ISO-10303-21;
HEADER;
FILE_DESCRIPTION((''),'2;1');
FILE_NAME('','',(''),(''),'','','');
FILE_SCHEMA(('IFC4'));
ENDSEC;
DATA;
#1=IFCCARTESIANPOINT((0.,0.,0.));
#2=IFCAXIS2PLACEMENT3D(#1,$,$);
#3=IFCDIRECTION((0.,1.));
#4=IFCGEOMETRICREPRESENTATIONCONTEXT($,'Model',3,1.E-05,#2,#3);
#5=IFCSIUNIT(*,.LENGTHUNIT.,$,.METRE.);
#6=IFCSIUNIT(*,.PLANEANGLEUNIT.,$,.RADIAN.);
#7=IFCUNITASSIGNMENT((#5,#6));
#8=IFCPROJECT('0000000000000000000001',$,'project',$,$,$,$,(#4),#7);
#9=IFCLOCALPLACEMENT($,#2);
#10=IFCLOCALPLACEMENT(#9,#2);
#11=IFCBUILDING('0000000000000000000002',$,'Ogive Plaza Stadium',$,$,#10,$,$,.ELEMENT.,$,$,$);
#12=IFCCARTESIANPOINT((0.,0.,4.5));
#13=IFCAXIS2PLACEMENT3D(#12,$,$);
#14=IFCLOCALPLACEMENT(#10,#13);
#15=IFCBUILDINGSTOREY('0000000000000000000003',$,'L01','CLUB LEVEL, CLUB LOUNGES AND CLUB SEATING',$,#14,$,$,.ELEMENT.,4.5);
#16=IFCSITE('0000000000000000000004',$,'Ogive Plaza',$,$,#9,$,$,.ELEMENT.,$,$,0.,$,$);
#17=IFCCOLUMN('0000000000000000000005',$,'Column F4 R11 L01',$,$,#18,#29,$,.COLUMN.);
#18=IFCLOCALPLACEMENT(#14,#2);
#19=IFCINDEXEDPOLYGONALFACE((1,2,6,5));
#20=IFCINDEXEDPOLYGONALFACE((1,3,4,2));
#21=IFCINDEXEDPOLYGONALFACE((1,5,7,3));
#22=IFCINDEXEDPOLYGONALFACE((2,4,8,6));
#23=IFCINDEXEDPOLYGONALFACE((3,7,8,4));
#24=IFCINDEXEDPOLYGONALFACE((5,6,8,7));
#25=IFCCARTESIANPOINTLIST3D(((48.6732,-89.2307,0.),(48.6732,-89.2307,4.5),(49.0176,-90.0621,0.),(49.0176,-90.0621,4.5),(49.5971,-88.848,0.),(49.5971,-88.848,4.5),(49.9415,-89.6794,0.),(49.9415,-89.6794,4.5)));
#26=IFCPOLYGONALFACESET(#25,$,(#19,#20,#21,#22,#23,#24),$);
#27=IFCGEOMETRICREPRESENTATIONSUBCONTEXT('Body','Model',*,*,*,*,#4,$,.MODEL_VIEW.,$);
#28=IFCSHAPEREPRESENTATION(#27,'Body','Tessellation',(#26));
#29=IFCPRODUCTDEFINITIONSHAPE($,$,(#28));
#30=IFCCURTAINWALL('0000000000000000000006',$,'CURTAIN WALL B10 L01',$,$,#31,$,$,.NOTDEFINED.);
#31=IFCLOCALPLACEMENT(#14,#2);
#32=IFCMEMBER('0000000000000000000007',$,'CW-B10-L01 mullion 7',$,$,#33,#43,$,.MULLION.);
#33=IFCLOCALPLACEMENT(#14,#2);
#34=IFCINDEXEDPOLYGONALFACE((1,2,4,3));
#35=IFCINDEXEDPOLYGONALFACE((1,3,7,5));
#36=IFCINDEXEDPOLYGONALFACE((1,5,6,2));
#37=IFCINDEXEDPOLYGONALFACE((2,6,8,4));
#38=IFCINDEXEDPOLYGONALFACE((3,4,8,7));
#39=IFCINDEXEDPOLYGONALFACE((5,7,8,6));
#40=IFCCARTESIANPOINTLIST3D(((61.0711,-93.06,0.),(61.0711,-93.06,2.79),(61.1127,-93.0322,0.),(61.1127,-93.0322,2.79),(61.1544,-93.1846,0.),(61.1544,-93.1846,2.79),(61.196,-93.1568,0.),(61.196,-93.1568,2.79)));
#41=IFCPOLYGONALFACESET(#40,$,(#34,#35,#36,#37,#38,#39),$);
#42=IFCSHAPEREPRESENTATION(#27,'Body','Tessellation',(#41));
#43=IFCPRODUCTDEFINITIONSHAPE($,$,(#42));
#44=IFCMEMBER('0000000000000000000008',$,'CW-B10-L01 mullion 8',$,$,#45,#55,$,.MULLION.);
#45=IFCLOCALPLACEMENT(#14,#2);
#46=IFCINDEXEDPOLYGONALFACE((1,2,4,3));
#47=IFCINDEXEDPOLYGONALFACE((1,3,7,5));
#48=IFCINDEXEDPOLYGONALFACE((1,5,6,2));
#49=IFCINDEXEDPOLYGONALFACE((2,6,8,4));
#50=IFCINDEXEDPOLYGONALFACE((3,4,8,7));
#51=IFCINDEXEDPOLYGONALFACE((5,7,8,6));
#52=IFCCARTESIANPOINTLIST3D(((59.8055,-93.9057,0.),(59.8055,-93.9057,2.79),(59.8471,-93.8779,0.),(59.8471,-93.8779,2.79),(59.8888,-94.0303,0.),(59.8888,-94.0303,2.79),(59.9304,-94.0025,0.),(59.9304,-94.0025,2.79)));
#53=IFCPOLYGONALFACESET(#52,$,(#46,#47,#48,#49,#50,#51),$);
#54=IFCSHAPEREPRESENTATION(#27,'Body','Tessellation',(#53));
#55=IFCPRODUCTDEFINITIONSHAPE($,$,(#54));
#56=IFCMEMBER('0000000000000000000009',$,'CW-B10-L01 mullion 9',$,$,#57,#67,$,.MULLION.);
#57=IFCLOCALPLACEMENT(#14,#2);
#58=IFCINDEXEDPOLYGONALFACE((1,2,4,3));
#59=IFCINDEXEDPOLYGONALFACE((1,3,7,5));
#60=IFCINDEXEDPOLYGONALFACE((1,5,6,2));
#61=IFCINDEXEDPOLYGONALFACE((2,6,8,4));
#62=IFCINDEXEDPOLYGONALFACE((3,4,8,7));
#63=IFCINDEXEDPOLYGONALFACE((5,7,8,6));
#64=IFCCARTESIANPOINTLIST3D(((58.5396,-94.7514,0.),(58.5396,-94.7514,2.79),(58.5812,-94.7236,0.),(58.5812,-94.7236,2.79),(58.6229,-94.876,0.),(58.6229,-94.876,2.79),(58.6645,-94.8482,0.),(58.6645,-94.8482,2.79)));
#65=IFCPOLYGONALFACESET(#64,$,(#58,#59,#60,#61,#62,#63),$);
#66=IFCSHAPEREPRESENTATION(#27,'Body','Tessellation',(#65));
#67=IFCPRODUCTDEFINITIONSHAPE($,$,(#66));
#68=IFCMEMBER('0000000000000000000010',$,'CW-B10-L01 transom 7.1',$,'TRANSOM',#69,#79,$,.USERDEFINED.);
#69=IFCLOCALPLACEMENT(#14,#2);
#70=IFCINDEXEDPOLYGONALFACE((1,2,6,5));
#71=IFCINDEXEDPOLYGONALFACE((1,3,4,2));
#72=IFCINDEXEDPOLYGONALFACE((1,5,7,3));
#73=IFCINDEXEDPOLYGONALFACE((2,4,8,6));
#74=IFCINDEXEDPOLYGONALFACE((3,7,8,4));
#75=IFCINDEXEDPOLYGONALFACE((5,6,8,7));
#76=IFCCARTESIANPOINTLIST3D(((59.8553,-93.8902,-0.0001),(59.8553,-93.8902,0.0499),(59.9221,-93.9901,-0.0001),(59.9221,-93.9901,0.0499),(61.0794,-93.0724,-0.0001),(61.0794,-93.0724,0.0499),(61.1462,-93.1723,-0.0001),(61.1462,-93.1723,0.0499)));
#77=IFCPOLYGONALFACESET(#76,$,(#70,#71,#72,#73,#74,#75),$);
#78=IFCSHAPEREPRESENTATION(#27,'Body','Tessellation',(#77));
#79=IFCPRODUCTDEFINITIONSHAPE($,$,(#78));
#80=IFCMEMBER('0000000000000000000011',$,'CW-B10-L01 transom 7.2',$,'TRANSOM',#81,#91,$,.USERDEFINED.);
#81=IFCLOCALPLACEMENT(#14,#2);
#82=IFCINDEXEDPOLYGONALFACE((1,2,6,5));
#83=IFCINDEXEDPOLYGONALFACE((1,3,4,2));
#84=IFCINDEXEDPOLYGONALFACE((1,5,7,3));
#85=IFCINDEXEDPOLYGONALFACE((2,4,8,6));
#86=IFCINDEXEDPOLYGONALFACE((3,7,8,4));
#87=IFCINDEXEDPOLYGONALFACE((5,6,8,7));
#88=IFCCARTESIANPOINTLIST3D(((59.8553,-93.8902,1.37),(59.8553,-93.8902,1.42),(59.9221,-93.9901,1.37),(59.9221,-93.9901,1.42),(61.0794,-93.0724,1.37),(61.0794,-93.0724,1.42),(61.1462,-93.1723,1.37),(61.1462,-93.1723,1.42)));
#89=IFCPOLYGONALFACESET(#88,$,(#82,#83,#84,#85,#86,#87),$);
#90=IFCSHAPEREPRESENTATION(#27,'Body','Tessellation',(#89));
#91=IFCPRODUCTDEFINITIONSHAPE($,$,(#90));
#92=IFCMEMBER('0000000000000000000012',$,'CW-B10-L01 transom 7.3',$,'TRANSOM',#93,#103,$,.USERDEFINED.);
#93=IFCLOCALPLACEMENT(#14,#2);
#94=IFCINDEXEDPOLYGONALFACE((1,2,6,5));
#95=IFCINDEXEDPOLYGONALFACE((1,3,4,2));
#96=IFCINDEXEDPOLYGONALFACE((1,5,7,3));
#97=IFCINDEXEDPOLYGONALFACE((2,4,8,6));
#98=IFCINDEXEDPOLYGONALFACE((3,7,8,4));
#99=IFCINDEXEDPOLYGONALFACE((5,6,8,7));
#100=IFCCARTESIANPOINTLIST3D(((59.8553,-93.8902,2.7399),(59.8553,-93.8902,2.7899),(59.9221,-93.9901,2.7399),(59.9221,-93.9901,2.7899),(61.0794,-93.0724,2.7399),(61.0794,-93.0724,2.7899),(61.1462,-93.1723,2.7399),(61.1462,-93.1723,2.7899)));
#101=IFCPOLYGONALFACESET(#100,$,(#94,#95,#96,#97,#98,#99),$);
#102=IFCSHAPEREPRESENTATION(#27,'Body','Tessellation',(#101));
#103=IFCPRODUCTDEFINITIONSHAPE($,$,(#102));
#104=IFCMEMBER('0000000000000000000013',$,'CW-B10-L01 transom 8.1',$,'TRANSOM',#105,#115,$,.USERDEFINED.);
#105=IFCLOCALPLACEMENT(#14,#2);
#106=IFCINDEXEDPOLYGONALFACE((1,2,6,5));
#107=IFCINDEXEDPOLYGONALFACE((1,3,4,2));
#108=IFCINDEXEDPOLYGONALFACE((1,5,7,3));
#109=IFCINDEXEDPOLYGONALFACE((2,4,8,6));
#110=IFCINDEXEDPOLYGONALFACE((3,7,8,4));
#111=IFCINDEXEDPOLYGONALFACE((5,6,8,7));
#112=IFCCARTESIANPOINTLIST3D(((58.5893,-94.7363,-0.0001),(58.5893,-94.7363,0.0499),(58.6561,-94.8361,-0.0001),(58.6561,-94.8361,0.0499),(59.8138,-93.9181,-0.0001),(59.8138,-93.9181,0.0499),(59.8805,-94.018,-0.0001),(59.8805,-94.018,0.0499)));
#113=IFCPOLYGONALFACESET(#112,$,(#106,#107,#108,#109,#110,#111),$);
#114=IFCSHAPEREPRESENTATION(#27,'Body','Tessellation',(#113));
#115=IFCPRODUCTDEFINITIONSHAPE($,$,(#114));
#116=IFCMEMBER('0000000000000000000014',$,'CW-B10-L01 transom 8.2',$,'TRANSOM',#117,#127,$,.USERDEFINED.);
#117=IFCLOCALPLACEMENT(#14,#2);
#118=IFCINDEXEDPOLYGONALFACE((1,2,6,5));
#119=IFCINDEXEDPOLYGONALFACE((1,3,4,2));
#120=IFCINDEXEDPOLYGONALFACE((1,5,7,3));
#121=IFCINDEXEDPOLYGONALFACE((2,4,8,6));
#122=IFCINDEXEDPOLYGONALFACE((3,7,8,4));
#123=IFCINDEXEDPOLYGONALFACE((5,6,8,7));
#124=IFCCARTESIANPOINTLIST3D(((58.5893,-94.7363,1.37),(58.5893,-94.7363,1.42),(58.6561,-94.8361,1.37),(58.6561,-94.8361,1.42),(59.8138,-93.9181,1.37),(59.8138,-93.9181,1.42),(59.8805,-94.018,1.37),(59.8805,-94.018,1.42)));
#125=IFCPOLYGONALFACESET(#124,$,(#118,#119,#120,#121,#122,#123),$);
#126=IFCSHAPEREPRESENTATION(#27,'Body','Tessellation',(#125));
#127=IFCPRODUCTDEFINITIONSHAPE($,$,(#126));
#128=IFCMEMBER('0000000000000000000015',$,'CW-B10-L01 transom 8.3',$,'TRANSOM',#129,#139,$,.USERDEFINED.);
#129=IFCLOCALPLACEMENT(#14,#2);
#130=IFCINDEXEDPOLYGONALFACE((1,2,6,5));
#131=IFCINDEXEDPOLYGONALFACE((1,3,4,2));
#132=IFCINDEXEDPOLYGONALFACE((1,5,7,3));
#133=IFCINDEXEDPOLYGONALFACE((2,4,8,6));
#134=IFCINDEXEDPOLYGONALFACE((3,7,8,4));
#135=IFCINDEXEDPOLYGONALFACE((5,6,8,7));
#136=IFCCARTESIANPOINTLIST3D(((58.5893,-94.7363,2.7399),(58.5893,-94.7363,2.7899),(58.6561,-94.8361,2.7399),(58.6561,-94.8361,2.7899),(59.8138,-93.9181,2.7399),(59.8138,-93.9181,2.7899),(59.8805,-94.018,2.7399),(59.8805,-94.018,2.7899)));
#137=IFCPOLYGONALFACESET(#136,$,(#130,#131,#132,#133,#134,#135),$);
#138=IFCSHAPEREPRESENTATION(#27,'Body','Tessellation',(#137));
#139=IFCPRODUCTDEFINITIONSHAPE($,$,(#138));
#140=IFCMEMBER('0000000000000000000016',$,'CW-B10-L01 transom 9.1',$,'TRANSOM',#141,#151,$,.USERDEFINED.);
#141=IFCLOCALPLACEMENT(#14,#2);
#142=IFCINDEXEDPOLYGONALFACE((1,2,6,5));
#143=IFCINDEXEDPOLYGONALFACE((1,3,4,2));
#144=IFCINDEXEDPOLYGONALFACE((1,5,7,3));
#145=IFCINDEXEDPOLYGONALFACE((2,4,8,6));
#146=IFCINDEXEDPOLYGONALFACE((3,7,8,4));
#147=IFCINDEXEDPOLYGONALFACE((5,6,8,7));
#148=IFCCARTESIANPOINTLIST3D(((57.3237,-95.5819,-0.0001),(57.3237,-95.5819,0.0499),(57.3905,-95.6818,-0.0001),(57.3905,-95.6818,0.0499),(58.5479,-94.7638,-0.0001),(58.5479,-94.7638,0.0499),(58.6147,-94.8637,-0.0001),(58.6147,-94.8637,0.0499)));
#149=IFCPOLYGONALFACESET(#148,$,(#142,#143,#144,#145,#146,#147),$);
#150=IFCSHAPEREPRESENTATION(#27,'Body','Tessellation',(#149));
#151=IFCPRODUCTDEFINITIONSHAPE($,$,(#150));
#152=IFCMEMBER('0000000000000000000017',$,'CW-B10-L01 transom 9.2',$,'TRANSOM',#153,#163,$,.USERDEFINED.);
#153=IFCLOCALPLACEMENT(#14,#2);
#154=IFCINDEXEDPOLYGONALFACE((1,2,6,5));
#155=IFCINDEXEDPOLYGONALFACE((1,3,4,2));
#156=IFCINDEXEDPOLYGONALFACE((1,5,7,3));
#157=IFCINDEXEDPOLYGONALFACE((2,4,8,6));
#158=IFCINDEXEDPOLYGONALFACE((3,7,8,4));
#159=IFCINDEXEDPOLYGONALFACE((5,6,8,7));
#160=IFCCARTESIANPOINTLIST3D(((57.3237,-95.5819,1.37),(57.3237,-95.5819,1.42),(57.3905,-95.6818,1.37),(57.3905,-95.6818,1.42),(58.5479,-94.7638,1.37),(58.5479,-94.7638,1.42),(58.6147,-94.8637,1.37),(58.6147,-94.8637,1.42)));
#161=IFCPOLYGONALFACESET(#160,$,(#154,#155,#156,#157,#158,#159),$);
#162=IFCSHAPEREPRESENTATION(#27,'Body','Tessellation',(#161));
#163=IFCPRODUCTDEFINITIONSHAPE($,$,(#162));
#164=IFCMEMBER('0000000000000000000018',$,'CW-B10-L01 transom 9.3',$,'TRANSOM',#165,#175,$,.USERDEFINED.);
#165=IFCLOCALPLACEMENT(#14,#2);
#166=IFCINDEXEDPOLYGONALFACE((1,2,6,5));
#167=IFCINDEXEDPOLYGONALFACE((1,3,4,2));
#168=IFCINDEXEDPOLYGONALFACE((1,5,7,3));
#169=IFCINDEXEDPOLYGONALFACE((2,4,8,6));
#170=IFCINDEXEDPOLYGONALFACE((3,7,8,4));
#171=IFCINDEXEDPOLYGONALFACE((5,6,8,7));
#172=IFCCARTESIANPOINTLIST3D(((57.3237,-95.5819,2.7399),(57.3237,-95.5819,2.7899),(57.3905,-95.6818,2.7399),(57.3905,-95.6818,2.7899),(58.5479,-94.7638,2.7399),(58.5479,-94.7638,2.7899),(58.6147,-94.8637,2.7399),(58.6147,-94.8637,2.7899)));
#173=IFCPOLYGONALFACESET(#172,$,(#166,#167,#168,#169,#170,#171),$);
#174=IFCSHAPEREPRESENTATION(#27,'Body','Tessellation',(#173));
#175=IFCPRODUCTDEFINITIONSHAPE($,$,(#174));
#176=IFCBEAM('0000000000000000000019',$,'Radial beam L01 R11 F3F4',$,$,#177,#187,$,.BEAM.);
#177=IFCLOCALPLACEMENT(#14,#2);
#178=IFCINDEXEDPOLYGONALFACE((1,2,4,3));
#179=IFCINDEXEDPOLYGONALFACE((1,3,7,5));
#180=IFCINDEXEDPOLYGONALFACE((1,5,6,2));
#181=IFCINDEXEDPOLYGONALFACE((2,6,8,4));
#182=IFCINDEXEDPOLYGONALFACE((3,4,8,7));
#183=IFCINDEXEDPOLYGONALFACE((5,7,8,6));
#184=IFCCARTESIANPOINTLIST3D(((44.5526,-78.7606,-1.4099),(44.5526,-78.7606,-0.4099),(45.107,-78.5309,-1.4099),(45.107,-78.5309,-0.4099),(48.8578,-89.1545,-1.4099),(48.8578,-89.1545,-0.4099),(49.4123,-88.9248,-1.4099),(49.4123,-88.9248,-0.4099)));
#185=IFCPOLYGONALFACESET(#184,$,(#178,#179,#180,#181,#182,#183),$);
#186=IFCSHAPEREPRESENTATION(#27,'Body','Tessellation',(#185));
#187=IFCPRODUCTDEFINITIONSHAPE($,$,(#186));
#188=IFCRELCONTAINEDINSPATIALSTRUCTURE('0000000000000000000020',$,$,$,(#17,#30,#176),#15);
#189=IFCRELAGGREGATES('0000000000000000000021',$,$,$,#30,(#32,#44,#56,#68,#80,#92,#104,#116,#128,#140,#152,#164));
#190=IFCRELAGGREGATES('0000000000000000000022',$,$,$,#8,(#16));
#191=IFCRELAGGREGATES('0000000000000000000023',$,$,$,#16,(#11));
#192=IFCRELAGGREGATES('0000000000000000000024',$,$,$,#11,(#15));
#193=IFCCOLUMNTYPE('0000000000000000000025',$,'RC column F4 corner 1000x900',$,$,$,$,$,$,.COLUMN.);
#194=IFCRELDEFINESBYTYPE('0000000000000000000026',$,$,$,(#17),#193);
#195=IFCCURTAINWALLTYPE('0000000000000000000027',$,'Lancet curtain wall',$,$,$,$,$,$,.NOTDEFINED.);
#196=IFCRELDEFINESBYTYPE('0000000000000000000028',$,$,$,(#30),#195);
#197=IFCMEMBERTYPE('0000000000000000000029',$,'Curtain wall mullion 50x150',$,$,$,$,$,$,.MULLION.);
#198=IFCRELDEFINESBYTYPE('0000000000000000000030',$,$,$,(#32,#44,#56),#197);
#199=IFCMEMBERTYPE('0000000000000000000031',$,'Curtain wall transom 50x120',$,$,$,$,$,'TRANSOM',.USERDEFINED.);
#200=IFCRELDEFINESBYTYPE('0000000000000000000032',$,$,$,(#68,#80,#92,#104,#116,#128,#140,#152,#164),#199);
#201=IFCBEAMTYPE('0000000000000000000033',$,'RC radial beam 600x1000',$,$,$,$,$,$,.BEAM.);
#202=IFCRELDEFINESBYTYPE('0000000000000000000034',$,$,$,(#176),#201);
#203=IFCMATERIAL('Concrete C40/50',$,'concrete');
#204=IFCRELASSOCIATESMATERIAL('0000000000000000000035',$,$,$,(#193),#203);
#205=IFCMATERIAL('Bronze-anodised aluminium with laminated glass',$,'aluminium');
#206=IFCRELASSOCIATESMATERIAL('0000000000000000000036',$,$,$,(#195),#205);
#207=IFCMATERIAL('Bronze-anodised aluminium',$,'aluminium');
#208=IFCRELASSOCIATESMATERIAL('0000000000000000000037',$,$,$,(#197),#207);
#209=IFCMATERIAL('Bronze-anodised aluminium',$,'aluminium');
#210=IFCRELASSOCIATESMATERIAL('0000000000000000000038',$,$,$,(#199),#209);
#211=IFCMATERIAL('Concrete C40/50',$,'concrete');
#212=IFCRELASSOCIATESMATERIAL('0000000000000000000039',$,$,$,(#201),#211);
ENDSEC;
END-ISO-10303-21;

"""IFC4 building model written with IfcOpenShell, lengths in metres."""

from ifc_helpers import new_model, si_unit, direction, frame, origin, origin_2d, place, context, subcontext, project, spatial, rectangle, extrude, material, material_profile, profile_set, type_object, element, aggregate, save


model = new_model("IFC4")

# Units and contexts
model_context = context("Model", 3, precision=1e-05, world=origin(), true_north=direction((0.0, 1.0)))
body_context = subcontext(model_context, "Body", "Model", "MODEL_VIEW")
ifc_project = project(units=[si_unit("LENGTHUNIT", "METRE"), si_unit("PLANEANGLEUNIT", "RADIAN")], contexts=[model_context])

# Site, building, storey
site_placement = place(None, origin())
site = spatial("IfcSite", under=ifc_project, at=site_placement, Name="Ogive Plaza", CompositionType="ELEMENT", RefElevation=0.0)
building_placement = place(site_placement, origin())
building = spatial("IfcBuilding", under=site, at=building_placement, Name="Ogive Plaza Stadium", CompositionType="ELEMENT")
storey_placement = place(building_placement, frame((0.0, 0.0, 4.5)))
storey = spatial("IfcBuildingStorey", under=building, at=storey_placement, Name="L01", Description="CLUB LEVEL, CLUB LOUNGES AND CLUB SEATING", CompositionType="ELEMENT", Elevation=4.5)

# Column
ifc_material_1 = material(Name="Concrete C40/50", Category="concrete")
ifc_material_profile_1 = material_profile(ifc_material_1, rectangle(XDim=1.0, YDim=0.8999, at=origin_2d()), Name="RC 1000x900")
ifc_profile_set_1 = profile_set([ifc_material_profile_1], Name="Concrete C40/50")
column_type = type_object("IfcColumnType", Name="RC column F4 corner 1000x900", PredefinedType="COLUMN", material=ifc_profile_set_1)
column_placement = place(storey_placement, frame((49.3074, -89.4551, 0.0), z_axis=(0.0, 0.0, 1.0), x_axis=(0.92388, 0.382683, 0.0)))
element("IfcColumn", 1, at=column_placement, inside=storey, type_object=column_type, Name="Column F4 R11 L01", PredefinedType="COLUMN", context=body_context, shape_type="SweptSolid", body=[
    extrude(rectangle(XDim=1.0, YDim=0.8999, at=origin_2d()), origin(), (0.0, 0.0, 1.0), 4.5),
])

# Curtain wall, members
ifc_material_2 = material(Name="Bronze-anodised aluminium with laminated glass", Category="aluminium")
curtain_wall_type = type_object("IfcCurtainWallType", Name="Lancet curtain wall", PredefinedType="NOTDEFINED", material=ifc_material_2)
curtain_wall_placement = place(storey_placement, origin())
curtain_wall = element("IfcCurtainWall", 2, at=curtain_wall_placement, inside=storey, type_object=curtain_wall_type, Name="CURTAIN WALL B10 L01", PredefinedType="NOTDEFINED")
ifc_material_3 = material(Name="Bronze-anodised aluminium", Category="aluminium")
ifc_material_profile_2 = material_profile(ifc_material_3, rectangle(XDim=0.1499, YDim=0.05, at=origin_2d()), Name="AL 150x50")
ifc_profile_set_2 = profile_set([ifc_material_profile_2], Name="Bronze-anodised aluminium")
member_type_1 = type_object("IfcMemberType", Name="Curtain wall mullion 50x150", PredefinedType="MULLION", material=ifc_profile_set_2)
member_1_placement = place(storey_placement, frame((61.1335, -93.1084, 0.0), z_axis=(0.0, 0.0, 1.0), x_axis=(0.55557, -0.83147, 0.0)))
member_1 = element("IfcMember", 3, at=member_1_placement, type_object=member_type_1, Name="CW-B10-L01 mullion 7", PredefinedType="MULLION", context=body_context, shape_type="SweptSolid", body=[
    extrude(rectangle(XDim=0.1499, YDim=0.05, at=origin_2d()), origin(), (0.0, 0.0, 1.0), 2.79),
])
member_2_placement = place(storey_placement, frame((59.8679, -93.9541, 0.0), z_axis=(0.0, 0.0, 1.0), x_axis=(0.55557, -0.83147, 0.0)))
member_2 = element("IfcMember", 4, at=member_2_placement, type_object=member_type_1, Name="CW-B10-L01 mullion 8", PredefinedType="MULLION", context=body_context, shape_type="SweptSolid", body=[
    extrude(rectangle(XDim=0.1499, YDim=0.05, at=origin_2d()), origin(), (0.0, 0.0, 1.0), 2.79),
])
member_3_placement = place(storey_placement, frame((58.6021, -94.7998, 0.0), z_axis=(0.0, 0.0, 1.0), x_axis=(0.55557, -0.83147, 0.0)))
member_3 = element("IfcMember", 5, at=member_3_placement, type_object=member_type_1, Name="CW-B10-L01 mullion 9", PredefinedType="MULLION", context=body_context, shape_type="SweptSolid", body=[
    extrude(rectangle(XDim=0.1499, YDim=0.05, at=origin_2d()), origin(), (0.0, 0.0, 1.0), 2.79),
])
ifc_material_4 = material(Name="Bronze-anodised aluminium", Category="aluminium")
ifc_material_profile_3 = material_profile(ifc_material_4, rectangle(XDim=0.1201, YDim=0.05, at=origin_2d()), Name="AL 120x50")
ifc_profile_set_3 = profile_set([ifc_material_profile_3], Name="Bronze-anodised aluminium")
member_type_2 = type_object("IfcMemberType", Name="Curtain wall transom 50x120", ElementType="TRANSOM", PredefinedType="USERDEFINED", material=ifc_profile_set_3)
member_4_placement = place(storey_placement, frame((61.1128, -93.1223, 0.0249), z_axis=(-0.831489, -0.555542, 0.0), x_axis=(0.555542, -0.831489, 0.0)))
member_4 = element("IfcMember", 6, at=member_4_placement, type_object=member_type_2, Name="CW-B10-L01 transom 7.1", ObjectType="TRANSOM", PredefinedType="USERDEFINED", context=body_context, shape_type="SweptSolid", body=[
    extrude(rectangle(XDim=0.1201, YDim=0.05, at=origin_2d()), origin(), (0.0, 0.0, 1.0), 1.4722),
])
member_5_placement = place(storey_placement, frame((61.1128, -93.1223, 1.395), z_axis=(-0.831489, -0.555542, 0.0), x_axis=(0.555542, -0.831489, 0.0)))
member_5 = element("IfcMember", 7, at=member_5_placement, type_object=member_type_2, Name="CW-B10-L01 transom 7.2", ObjectType="TRANSOM", PredefinedType="USERDEFINED", context=body_context, shape_type="SweptSolid", body=[
    extrude(rectangle(XDim=0.1201, YDim=0.05, at=origin_2d()), origin(), (0.0, 0.0, 1.0), 1.4722),
])
member_6_placement = place(storey_placement, frame((61.1128, -93.1223, 2.7649), z_axis=(-0.831489, -0.555542, 0.0), x_axis=(0.555542, -0.831489, 0.0)))
member_6 = element("IfcMember", 8, at=member_6_placement, type_object=member_type_2, Name="CW-B10-L01 transom 7.3", ObjectType="TRANSOM", PredefinedType="USERDEFINED", context=body_context, shape_type="SweptSolid", body=[
    extrude(rectangle(XDim=0.1201, YDim=0.05, at=origin_2d()), origin(), (0.0, 0.0, 1.0), 1.4722),
])
member_7_placement = place(storey_placement, frame((59.8472, -93.968, 0.0249), z_axis=(-0.831463, -0.55558, 0.0), x_axis=(0.55558, -0.831463, 0.0)))
member_7 = element("IfcMember", 9, at=member_7_placement, type_object=member_type_2, Name="CW-B10-L01 transom 8.1", ObjectType="TRANSOM", PredefinedType="USERDEFINED", context=body_context, shape_type="SweptSolid", body=[
    extrude(rectangle(XDim=0.1201, YDim=0.05, at=origin_2d()), origin(), (0.0, 0.0, 1.0), 1.4727),
])
member_8_placement = place(storey_placement, frame((59.8472, -93.968, 1.395), z_axis=(-0.831463, -0.55558, 0.0), x_axis=(0.55558, -0.831463, 0.0)))
member_8 = element("IfcMember", 10, at=member_8_placement, type_object=member_type_2, Name="CW-B10-L01 transom 8.2", ObjectType="TRANSOM", PredefinedType="USERDEFINED", context=body_context, shape_type="SweptSolid", body=[
    extrude(rectangle(XDim=0.1201, YDim=0.05, at=origin_2d()), origin(), (0.0, 0.0, 1.0), 1.4727),
])
member_9_placement = place(storey_placement, frame((59.8472, -93.968, 2.7649), z_axis=(-0.831463, -0.55558, 0.0), x_axis=(0.55558, -0.831463, 0.0)))
member_9 = element("IfcMember", 11, at=member_9_placement, type_object=member_type_2, Name="CW-B10-L01 transom 8.3", ObjectType="TRANSOM", PredefinedType="USERDEFINED", context=body_context, shape_type="SweptSolid", body=[
    extrude(rectangle(XDim=0.1201, YDim=0.05, at=origin_2d()), origin(), (0.0, 0.0, 1.0), 1.4727),
])
member_10_placement = place(storey_placement, frame((58.5813, -94.8137, 0.0249), z_axis=(-0.831412, -0.555656, 0.0), x_axis=(0.555656, -0.831412, 0.0)))
member_10 = element("IfcMember", 12, at=member_10_placement, type_object=member_type_2, Name="CW-B10-L01 transom 9.1", ObjectType="TRANSOM", PredefinedType="USERDEFINED", context=body_context, shape_type="SweptSolid", body=[
    extrude(rectangle(XDim=0.1201, YDim=0.05, at=origin_2d()), origin(), (0.0, 0.0, 1.0), 1.4724),
])
member_11_placement = place(storey_placement, frame((58.5813, -94.8137, 1.395), z_axis=(-0.831412, -0.555656, 0.0), x_axis=(0.555656, -0.831412, 0.0)))
member_11 = element("IfcMember", 13, at=member_11_placement, type_object=member_type_2, Name="CW-B10-L01 transom 9.2", ObjectType="TRANSOM", PredefinedType="USERDEFINED", context=body_context, shape_type="SweptSolid", body=[
    extrude(rectangle(XDim=0.1201, YDim=0.05, at=origin_2d()), origin(), (0.0, 0.0, 1.0), 1.4724),
])
member_12_placement = place(storey_placement, frame((58.5813, -94.8137, 2.7649), z_axis=(-0.831412, -0.555656, 0.0), x_axis=(0.555656, -0.831412, 0.0)))
member_12 = element("IfcMember", 14, at=member_12_placement, type_object=member_type_2, Name="CW-B10-L01 transom 9.3", ObjectType="TRANSOM", PredefinedType="USERDEFINED", context=body_context, shape_type="SweptSolid", body=[
    extrude(rectangle(XDim=0.1201, YDim=0.05, at=origin_2d()), origin(), (0.0, 0.0, 1.0), 1.4724),
])

# Beam
ifc_material_5 = material(Name="Concrete C40/50", Category="concrete")
ifc_material_profile_4 = material_profile(ifc_material_5, rectangle(XDim=0.6001, YDim=1.0, at=origin_2d()), Name="RC 600x1000")
ifc_profile_set_4 = profile_set([ifc_material_profile_4], Name="Concrete C40/50")
beam_type_1 = type_object("IfcBeamType", Name="RC radial beam 600x1000", PredefinedType="BEAM", material=ifc_profile_set_4)
beam_1_placement = place(storey_placement, frame((44.8298, -78.6458, -0.9099), z_axis=(0.382678, -0.923882, 0.0), x_axis=(0.923882, 0.382678, 0.0)))
element("IfcBeam", 15, at=beam_1_placement, inside=storey, type_object=beam_type_1, Name="Radial beam L01 R11 F3F4", PredefinedType="BEAM", context=body_context, shape_type="SweptSolid", body=[
    extrude(rectangle(XDim=0.6001, YDim=1.0, at=origin_2d()), origin(), (0.0, 0.0, 1.0), 11.2502),
])

aggregate(curtain_wall, [member_1, member_2, member_3, member_4, member_5, member_6, member_7, member_8, member_9, member_10, member_11, member_12])

save(model, "model.ifc")
